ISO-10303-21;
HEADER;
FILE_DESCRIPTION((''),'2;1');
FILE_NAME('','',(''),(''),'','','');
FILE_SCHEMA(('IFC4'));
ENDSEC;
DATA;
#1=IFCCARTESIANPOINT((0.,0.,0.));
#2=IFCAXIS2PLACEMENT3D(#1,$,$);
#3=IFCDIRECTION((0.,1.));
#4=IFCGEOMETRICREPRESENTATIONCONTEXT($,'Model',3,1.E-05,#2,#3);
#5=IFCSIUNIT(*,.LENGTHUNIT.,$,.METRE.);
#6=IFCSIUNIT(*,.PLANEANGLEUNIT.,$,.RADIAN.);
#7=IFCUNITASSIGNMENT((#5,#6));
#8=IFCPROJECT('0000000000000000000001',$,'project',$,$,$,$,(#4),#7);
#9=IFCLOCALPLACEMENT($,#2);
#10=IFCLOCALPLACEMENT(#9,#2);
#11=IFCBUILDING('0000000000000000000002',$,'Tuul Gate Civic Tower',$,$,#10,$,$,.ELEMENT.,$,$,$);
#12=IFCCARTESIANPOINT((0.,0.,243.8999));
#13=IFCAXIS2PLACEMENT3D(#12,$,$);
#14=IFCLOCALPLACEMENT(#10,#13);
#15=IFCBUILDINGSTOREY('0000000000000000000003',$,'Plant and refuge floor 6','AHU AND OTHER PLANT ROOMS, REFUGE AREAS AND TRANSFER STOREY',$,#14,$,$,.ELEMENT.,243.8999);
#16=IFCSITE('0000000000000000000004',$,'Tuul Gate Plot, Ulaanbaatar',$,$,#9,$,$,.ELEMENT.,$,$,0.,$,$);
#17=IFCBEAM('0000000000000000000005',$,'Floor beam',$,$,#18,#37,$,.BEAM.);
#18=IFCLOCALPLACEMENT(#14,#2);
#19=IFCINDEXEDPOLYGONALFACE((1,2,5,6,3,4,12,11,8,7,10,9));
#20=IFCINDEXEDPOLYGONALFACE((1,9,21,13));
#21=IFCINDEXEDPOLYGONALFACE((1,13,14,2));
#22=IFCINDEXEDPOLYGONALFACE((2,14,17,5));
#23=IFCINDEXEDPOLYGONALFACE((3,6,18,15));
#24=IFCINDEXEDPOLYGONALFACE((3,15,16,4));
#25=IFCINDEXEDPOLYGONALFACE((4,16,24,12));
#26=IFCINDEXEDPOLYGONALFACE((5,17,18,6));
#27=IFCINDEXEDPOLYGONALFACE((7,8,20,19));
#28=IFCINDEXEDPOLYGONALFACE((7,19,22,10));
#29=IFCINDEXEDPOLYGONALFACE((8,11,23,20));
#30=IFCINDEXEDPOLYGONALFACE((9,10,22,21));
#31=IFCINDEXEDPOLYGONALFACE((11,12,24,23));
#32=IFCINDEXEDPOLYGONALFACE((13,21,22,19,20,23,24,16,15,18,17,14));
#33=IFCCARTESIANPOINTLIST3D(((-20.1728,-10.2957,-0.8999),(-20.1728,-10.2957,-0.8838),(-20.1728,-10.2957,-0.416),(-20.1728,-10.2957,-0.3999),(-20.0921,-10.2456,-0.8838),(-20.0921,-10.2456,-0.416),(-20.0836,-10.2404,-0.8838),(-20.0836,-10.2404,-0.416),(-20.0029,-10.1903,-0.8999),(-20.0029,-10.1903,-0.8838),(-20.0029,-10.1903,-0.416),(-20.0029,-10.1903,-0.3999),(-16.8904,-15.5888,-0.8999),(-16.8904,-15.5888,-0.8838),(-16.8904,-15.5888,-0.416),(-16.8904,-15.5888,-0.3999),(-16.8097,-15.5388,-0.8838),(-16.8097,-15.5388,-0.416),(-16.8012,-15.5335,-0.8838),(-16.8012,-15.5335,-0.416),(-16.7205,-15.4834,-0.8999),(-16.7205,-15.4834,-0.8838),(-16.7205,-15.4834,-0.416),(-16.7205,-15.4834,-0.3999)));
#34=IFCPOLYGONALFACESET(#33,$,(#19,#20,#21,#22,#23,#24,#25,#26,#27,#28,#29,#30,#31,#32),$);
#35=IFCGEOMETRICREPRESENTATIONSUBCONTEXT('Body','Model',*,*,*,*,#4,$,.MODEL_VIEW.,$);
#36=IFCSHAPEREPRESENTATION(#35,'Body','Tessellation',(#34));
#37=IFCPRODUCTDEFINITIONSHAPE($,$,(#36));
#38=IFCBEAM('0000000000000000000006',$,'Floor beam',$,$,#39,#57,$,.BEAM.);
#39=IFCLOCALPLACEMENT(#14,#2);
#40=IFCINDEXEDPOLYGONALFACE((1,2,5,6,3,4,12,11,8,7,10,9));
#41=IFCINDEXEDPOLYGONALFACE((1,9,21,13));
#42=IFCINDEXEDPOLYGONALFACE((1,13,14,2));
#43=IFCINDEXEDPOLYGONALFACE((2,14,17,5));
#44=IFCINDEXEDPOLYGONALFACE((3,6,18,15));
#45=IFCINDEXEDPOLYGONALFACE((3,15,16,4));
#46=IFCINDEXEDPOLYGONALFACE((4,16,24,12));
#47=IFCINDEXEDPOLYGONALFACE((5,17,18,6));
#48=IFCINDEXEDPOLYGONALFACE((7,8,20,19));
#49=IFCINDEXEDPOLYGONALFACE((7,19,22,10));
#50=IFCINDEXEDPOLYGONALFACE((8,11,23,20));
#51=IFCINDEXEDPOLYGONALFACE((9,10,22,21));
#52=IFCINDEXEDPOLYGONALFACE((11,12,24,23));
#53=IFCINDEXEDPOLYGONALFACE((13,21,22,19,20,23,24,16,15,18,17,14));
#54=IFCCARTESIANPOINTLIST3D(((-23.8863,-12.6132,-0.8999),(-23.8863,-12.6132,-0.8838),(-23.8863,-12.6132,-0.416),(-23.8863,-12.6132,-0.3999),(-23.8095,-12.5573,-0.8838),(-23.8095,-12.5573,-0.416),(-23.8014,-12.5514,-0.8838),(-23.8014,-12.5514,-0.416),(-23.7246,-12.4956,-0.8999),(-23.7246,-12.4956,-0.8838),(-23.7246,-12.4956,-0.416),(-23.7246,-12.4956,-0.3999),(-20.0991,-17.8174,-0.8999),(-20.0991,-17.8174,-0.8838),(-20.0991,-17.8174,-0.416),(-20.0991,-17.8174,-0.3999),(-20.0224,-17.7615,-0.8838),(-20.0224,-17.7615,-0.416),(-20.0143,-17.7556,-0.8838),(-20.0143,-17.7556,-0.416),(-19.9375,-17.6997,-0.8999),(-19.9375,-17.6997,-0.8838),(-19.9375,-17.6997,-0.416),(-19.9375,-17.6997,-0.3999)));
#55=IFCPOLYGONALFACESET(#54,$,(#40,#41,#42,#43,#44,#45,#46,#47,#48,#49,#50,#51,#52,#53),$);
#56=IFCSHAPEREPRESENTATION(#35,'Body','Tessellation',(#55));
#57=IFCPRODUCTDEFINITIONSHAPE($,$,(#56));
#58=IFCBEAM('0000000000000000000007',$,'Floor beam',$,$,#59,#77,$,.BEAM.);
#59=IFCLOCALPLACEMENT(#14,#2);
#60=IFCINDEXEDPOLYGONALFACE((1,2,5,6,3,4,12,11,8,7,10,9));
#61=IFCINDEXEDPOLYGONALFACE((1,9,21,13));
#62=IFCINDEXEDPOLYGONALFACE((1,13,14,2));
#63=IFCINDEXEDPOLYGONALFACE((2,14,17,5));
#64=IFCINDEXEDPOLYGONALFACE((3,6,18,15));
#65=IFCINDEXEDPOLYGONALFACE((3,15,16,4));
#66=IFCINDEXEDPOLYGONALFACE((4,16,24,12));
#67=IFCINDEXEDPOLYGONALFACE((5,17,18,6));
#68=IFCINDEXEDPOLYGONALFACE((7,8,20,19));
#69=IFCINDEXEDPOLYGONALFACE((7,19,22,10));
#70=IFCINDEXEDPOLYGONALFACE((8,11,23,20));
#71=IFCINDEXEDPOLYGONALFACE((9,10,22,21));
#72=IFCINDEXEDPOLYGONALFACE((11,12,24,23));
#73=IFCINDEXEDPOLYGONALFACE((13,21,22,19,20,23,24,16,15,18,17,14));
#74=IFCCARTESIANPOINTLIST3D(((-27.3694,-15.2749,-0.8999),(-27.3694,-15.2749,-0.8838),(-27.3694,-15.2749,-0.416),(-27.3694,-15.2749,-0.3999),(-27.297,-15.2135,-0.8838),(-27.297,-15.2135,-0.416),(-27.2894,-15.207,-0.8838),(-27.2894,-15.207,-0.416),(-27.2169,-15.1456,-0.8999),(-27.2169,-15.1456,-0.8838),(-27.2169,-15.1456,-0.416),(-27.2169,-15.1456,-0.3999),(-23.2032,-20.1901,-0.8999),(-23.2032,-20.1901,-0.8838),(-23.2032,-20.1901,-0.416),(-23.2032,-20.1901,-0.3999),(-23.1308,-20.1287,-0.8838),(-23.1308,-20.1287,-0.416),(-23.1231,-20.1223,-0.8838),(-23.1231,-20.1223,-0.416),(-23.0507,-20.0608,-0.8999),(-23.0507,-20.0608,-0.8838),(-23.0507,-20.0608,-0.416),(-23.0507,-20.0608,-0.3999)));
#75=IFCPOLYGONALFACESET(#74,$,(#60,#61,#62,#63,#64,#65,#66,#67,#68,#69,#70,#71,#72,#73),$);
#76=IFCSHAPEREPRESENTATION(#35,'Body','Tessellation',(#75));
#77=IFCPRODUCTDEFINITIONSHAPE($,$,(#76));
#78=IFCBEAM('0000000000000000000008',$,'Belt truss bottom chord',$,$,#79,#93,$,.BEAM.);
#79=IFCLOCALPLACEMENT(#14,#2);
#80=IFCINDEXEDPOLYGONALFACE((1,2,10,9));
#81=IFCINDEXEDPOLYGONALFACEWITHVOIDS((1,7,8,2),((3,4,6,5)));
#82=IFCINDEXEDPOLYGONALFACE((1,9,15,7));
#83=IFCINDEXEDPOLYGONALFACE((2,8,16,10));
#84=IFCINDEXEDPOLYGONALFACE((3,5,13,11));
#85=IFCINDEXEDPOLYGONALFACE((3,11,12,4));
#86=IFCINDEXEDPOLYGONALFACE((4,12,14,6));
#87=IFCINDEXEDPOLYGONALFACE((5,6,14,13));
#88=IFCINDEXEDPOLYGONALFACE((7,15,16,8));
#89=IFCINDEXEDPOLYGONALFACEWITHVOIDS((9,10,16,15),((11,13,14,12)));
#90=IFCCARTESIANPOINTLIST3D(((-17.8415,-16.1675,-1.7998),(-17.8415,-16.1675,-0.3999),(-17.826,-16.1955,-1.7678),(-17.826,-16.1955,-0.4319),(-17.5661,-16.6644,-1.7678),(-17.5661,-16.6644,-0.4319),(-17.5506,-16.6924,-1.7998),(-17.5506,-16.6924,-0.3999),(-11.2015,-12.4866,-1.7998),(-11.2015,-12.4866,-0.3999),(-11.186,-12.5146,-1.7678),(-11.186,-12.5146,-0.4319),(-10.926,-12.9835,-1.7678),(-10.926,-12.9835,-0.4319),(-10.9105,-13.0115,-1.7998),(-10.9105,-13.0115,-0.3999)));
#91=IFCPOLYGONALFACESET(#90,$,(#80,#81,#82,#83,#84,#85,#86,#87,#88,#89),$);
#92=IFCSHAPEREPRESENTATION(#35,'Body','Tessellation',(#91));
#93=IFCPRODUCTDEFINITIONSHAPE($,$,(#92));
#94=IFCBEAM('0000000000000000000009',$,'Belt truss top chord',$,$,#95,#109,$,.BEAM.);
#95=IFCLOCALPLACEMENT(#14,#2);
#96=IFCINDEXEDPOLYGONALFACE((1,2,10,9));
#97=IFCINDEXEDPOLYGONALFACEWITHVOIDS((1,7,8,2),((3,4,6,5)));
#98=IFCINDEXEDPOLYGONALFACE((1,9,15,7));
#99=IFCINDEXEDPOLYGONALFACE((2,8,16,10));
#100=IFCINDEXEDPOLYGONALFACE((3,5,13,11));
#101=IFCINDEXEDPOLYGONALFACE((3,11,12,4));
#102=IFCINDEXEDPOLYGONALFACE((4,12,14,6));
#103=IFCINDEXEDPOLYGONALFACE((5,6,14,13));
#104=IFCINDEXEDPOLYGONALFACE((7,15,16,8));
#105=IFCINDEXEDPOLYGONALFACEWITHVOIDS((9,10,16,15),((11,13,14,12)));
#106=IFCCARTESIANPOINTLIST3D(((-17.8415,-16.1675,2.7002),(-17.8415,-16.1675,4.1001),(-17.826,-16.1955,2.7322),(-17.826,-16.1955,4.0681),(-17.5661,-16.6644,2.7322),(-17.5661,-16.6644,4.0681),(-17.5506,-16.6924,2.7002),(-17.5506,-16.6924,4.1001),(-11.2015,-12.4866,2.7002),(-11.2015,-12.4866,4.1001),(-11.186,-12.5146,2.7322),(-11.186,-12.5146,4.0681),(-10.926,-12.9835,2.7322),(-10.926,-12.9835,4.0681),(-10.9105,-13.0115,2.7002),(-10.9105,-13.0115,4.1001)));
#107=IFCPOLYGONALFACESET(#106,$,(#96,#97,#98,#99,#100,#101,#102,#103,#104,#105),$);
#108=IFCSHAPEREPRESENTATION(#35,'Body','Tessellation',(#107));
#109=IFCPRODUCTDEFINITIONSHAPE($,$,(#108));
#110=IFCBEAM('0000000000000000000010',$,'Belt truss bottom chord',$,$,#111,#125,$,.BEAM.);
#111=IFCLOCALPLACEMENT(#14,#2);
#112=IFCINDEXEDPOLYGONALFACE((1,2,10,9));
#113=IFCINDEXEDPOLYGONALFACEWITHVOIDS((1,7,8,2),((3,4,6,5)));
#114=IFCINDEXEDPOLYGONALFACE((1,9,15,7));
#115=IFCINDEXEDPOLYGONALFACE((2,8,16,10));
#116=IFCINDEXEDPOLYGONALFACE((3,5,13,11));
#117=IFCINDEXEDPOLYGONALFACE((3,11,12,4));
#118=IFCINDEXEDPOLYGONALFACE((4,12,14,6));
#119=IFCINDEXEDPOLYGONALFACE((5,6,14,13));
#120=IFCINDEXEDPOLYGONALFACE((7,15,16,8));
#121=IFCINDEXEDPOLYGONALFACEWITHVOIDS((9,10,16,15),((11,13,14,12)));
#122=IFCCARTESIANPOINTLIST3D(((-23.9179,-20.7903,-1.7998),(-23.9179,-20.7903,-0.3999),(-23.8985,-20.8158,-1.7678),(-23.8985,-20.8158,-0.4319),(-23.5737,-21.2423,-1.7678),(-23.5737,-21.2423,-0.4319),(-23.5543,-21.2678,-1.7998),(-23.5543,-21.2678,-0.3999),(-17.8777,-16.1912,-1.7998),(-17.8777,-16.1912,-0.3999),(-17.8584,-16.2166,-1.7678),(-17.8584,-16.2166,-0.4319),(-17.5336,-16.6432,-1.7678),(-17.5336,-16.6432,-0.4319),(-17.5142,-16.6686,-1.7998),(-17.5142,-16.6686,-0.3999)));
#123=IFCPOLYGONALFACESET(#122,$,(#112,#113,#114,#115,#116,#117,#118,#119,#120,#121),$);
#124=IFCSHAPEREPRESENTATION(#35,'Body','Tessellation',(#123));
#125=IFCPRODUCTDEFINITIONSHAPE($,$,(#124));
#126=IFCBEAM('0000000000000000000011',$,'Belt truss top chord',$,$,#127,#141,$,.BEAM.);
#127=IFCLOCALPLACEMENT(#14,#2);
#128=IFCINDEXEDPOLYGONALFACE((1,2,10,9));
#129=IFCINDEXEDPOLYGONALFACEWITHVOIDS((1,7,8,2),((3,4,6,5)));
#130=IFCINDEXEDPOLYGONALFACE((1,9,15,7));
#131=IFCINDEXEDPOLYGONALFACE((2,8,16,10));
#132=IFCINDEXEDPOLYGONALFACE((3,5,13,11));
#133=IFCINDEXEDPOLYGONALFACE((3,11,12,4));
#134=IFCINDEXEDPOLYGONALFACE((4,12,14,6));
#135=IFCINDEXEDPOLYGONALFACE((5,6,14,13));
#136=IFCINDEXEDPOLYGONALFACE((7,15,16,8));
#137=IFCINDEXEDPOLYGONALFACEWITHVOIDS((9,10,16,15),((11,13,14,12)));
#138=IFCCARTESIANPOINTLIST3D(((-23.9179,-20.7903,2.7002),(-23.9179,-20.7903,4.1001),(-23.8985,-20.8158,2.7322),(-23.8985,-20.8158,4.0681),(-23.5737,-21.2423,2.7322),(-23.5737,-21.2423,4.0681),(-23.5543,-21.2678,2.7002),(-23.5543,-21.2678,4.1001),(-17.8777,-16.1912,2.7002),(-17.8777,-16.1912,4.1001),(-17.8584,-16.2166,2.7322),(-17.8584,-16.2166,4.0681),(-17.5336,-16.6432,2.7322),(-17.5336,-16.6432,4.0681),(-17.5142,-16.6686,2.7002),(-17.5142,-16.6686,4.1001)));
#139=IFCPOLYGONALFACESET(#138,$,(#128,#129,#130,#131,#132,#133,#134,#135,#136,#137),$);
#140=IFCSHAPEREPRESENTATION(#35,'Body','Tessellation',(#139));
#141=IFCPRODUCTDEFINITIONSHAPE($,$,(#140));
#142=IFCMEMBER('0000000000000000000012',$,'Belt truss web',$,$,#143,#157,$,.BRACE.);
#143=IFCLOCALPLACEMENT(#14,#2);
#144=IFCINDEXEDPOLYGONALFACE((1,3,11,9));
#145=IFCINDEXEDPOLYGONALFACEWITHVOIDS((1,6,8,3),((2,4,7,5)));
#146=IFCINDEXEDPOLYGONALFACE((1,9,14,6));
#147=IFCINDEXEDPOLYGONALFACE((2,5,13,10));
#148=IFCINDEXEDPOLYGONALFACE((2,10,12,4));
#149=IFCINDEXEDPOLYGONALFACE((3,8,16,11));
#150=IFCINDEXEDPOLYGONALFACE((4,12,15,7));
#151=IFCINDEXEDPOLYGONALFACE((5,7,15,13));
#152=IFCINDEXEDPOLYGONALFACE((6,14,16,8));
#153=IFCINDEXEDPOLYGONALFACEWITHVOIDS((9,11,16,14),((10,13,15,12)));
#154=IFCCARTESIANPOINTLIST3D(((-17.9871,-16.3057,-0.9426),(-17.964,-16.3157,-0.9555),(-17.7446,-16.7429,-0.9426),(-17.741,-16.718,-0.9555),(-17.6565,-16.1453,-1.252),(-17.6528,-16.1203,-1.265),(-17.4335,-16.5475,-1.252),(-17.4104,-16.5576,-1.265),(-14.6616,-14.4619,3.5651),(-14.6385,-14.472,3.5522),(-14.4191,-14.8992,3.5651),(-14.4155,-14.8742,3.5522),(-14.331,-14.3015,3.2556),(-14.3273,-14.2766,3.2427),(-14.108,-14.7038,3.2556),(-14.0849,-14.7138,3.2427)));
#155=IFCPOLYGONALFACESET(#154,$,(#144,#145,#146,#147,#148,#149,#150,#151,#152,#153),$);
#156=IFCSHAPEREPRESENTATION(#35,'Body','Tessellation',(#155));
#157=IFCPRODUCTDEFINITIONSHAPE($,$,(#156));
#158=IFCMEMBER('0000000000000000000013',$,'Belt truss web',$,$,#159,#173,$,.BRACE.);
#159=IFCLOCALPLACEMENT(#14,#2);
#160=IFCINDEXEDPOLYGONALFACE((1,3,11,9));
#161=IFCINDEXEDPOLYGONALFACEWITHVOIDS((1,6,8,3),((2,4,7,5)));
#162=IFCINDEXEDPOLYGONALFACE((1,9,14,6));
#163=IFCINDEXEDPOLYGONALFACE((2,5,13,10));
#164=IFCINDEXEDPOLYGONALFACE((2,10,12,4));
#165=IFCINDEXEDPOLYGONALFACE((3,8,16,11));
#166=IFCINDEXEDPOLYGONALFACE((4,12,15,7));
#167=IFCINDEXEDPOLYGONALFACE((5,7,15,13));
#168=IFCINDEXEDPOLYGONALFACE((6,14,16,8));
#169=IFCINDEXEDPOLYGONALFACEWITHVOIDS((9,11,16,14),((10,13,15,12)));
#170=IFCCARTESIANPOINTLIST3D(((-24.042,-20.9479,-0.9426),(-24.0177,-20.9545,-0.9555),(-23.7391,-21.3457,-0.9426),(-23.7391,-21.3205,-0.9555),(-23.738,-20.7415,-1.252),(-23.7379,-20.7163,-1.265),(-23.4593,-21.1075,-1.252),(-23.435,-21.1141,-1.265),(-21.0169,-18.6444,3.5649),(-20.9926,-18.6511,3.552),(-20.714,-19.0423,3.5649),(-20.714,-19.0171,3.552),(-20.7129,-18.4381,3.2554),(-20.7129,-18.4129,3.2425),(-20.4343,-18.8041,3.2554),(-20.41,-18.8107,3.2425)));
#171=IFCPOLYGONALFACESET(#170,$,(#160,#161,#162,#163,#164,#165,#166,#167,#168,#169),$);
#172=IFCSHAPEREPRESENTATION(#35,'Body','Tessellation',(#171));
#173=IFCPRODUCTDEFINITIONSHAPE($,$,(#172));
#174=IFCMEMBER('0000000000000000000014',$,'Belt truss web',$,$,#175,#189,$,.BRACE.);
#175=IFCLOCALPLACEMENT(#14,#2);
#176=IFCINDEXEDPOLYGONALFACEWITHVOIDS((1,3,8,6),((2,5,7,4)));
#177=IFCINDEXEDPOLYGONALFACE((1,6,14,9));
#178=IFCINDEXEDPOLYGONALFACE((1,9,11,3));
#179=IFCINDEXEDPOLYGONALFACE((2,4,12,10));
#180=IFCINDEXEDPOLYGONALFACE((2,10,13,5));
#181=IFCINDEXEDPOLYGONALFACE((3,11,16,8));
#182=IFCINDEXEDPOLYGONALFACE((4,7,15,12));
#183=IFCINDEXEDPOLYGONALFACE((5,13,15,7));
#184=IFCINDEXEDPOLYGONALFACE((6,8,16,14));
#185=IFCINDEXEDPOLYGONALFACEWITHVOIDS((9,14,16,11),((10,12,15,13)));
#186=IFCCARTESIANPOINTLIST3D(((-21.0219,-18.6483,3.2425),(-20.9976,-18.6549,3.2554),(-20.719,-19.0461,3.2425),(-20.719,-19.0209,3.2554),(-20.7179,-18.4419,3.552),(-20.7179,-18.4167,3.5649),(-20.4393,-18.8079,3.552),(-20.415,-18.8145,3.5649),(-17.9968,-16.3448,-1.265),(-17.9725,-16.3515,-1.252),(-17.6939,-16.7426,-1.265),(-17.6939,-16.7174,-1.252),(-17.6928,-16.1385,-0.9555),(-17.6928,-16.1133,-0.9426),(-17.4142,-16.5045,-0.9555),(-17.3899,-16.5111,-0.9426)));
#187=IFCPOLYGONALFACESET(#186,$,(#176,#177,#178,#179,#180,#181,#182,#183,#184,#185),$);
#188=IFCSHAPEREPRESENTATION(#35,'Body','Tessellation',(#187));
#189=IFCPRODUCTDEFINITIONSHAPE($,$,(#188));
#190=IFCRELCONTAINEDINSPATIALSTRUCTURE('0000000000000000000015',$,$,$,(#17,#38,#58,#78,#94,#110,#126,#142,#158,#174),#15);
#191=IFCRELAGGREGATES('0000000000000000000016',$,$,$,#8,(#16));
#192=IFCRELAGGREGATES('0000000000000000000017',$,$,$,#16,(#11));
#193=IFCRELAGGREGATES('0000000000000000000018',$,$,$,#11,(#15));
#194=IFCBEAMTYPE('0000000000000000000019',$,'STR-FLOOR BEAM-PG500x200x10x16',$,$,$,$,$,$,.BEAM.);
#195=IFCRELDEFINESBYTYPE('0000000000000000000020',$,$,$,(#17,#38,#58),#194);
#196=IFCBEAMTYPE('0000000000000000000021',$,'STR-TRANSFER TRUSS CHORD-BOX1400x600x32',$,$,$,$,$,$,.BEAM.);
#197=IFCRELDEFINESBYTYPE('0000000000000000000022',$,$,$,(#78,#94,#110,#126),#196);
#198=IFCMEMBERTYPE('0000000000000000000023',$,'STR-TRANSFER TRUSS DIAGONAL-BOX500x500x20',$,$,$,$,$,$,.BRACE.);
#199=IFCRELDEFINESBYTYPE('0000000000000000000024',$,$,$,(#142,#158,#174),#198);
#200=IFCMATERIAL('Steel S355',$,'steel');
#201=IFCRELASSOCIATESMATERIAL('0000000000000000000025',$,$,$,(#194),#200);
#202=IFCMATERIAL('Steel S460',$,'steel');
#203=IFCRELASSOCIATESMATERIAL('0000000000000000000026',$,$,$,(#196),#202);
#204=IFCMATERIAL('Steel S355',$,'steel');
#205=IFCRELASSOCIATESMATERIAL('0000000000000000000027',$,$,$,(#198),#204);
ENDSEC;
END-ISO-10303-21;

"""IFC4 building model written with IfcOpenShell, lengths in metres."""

from ifc_helpers import new_model, si_unit, direction, frame, origin, origin_2d, place, context, subcontext, project, spatial, hollow_rectangle, i_section, extrude, material, material_profile, profile_set, type_object, element, save


model = new_model("IFC4")

# Units and contexts
model_context = context("Model", 3, precision=1e-05, world=origin(), true_north=direction((0.0, 1.0)))
body_context = subcontext(model_context, "Body", "Model", "MODEL_VIEW")
ifc_project = project(units=[si_unit("LENGTHUNIT", "METRE"), si_unit("PLANEANGLEUNIT", "RADIAN")], contexts=[model_context])

# Site, building, storey
site_placement = place(None, origin())
site = spatial("IfcSite", under=ifc_project, at=site_placement, Name="Tuul Gate Plot, Ulaanbaatar", CompositionType="ELEMENT", RefElevation=0.0)
building_placement = place(site_placement, origin())
building = spatial("IfcBuilding", under=site, at=building_placement, Name="Tuul Gate Civic Tower", CompositionType="ELEMENT")
storey_placement = place(building_placement, frame((0.0, 0.0, 243.8999)))
storey = spatial("IfcBuildingStorey", under=building, at=storey_placement, Name="Plant and refuge floor 6", Description="AHU AND OTHER PLANT ROOMS, REFUGE AREAS AND TRANSFER STOREY", CompositionType="ELEMENT", Elevation=243.8999)

# Beams
ifc_material_1 = material(Name="Steel S355", Category="steel")
ifc_material_profile_1 = material_profile(ifc_material_1, i_section(OverallWidth=0.2, OverallDepth=0.5, WebThickness=0.01, FlangeThickness=0.0161, at=origin_2d()), Name="PG500x200x10x16")
ifc_profile_set_1 = profile_set([ifc_material_profile_1], Name="Steel S355")
beam_type_1 = type_object("IfcBeamType", Name="STR-FLOOR BEAM-PG500x200x10x16", PredefinedType="BEAM", material=ifc_profile_set_1)
beam_1_placement = place(storey_placement, frame((-16.8054, -15.5361, -0.6499), z_axis=(-0.527018, 0.849854, 0.0), x_axis=(-0.849854, -0.527018, 0.0)))
element("IfcBeam", 1, at=beam_1_placement, inside=storey, type_object=beam_type_1, Name="Floor beam", PredefinedType="BEAM", context=body_context, shape_type="SweptSolid", body=[
    extrude(i_section(OverallWidth=0.2, OverallDepth=0.5, WebThickness=0.01, FlangeThickness=0.0161, at=origin_2d()), origin(), (0.0, 0.0, 1.0), 6.2283),
])
beam_2_placement = place(storey_placement, frame((-20.0183, -17.7585, -0.6499), z_axis=(-0.588406, 0.808565, 0.0), x_axis=(-0.808565, -0.588406, 0.0)))
element("IfcBeam", 2, at=beam_2_placement, inside=storey, type_object=beam_type_1, Name="Floor beam", PredefinedType="BEAM", context=body_context, shape_type="SweptSolid", body=[
    extrude(i_section(OverallWidth=0.2, OverallDepth=0.5, WebThickness=0.01, FlangeThickness=0.0161, at=origin_2d()), origin(), (0.0, 0.0, 1.0), 6.4363),
])
beam_3_placement = place(storey_placement, frame((-23.127, -20.1255, -0.6499), z_axis=(-0.646591, 0.762837, 0.0), x_axis=(-0.762837, -0.646591, 0.0)))
element("IfcBeam", 3, at=beam_3_placement, inside=storey, type_object=beam_type_1, Name="Floor beam", PredefinedType="BEAM", context=body_context, shape_type="SweptSolid", body=[
    extrude(i_section(OverallWidth=0.2, OverallDepth=0.5, WebThickness=0.01, FlangeThickness=0.0161, at=origin_2d()), origin(), (0.0, 0.0, 1.0), 6.4434),
])
ifc_material_2 = material(Name="Steel S460", Category="steel")
ifc_material_profile_2 = material_profile(ifc_material_2, hollow_rectangle(XDim=0.6001, YDim=1.3999, WallThickness=0.032, at=origin_2d()), Name="BOX1400x600x32")
ifc_profile_set_2 = profile_set([ifc_material_profile_2], Name="Steel S460")
beam_type_2 = type_object("IfcBeamType", Name="STR-TRANSFER TRUSS CHORD-BOX1400x600x32", PredefinedType="BEAM", material=ifc_profile_set_2)
for number, where, z_axis, x_axis, name in (
    (4, (-17.696, -16.4299, -1.0999), (0.874607, 0.484832, 0.0), (-0.484832, 0.874607, 0.0), "Belt truss bottom chord"),
    (5, (-17.696, -16.4299, 3.4001), (0.874607, 0.484832, 0.0), (-0.484832, 0.874607, 0.0), "Belt truss top chord"),
):
    element("IfcBeam", number, at=place(storey_placement, frame(where, z_axis=z_axis, x_axis=x_axis)), inside=storey, type_object=beam_type_2, Name=name, PredefinedType="BEAM", context=body_context, shape_type="SweptSolid", body=[
        extrude(hollow_rectangle(XDim=0.6001, YDim=1.3999, WallThickness=0.032, at=origin_2d()), origin(), (0.0, 0.0, 1.0), 7.592),
    ])
for number, where, z_axis, x_axis, name in (
    (6, (-23.7361, -21.0291, -1.0999), (0.79561, 0.605809, 0.0), (-0.605809, 0.79561, 0.0), "Belt truss bottom chord"),
    (7, (-23.7361, -21.0291, 3.4001), (0.79561, 0.605809, 0.0), (-0.605809, 0.79561, 0.0), "Belt truss top chord"),
):
    element("IfcBeam", number, at=place(storey_placement, frame(where, z_axis=z_axis, x_axis=x_axis)), inside=storey, type_object=beam_type_2, Name=name, PredefinedType="BEAM", context=body_context, shape_type="SweptSolid", body=[
        extrude(hollow_rectangle(XDim=0.6001, YDim=1.3999, WallThickness=0.032, at=origin_2d()), origin(), (0.0, 0.0, 1.0), 7.5918),
    ])

# Members
ifc_material_3 = material(Name="Steel S355", Category="steel")
ifc_material_profile_3 = material_profile(ifc_material_3, hollow_rectangle(XDim=0.5, YDim=0.5, WallThickness=0.02, at=origin_2d()), Name="BOX500x500x20")
ifc_profile_set_3 = profile_set([ifc_material_profile_3], Name="Steel S355")
member_type_1 = type_object("IfcMemberType", Name="STR-TRANSFER TRUSS DIAGONAL-BOX500x500x20", PredefinedType="BRACE", material=ifc_profile_set_3)
member_placement = place(storey_placement, frame((-17.6987, -16.4316, -1.1038), z_axis=(0.563908, 0.312652, 0.764367), x_axis=(-0.484896, 0.874572, 0.0)))
element("IfcMember", 8, at=member_placement, inside=storey, type_object=member_type_1, Name="Belt truss web", PredefinedType="BRACE", context=body_context, shape_type="SweptSolid", body=[
    extrude(hollow_rectangle(XDim=0.5, YDim=0.5, WallThickness=0.02, at=origin_2d()), origin(), (0.0, 0.0, 1.0), 5.8972),
])
for number, where, z_axis, x_axis, name in (
    (9, (-23.7385, -21.031, -1.1038), (0.51299, 0.390611, 0.764372), (-0.605809, 0.79561, 0.0), "Belt truss web"),
    (10, (-17.6934, -16.428, -1.1038), (-0.51299, -0.390611, 0.764372), (0.605809, -0.79561, 0.0), "Belt truss web"),
):
    element("IfcMember", number, at=place(storey_placement, frame(where, z_axis=z_axis, x_axis=x_axis)), inside=storey, type_object=member_type_1, Name=name, PredefinedType="BRACE", context=body_context, shape_type="SweptSolid", body=[
        extrude(hollow_rectangle(XDim=0.5, YDim=0.5, WallThickness=0.02, at=origin_2d()), origin(), (0.0, 0.0, 1.0), 5.897),
    ])

save(model, "model.ifc")
